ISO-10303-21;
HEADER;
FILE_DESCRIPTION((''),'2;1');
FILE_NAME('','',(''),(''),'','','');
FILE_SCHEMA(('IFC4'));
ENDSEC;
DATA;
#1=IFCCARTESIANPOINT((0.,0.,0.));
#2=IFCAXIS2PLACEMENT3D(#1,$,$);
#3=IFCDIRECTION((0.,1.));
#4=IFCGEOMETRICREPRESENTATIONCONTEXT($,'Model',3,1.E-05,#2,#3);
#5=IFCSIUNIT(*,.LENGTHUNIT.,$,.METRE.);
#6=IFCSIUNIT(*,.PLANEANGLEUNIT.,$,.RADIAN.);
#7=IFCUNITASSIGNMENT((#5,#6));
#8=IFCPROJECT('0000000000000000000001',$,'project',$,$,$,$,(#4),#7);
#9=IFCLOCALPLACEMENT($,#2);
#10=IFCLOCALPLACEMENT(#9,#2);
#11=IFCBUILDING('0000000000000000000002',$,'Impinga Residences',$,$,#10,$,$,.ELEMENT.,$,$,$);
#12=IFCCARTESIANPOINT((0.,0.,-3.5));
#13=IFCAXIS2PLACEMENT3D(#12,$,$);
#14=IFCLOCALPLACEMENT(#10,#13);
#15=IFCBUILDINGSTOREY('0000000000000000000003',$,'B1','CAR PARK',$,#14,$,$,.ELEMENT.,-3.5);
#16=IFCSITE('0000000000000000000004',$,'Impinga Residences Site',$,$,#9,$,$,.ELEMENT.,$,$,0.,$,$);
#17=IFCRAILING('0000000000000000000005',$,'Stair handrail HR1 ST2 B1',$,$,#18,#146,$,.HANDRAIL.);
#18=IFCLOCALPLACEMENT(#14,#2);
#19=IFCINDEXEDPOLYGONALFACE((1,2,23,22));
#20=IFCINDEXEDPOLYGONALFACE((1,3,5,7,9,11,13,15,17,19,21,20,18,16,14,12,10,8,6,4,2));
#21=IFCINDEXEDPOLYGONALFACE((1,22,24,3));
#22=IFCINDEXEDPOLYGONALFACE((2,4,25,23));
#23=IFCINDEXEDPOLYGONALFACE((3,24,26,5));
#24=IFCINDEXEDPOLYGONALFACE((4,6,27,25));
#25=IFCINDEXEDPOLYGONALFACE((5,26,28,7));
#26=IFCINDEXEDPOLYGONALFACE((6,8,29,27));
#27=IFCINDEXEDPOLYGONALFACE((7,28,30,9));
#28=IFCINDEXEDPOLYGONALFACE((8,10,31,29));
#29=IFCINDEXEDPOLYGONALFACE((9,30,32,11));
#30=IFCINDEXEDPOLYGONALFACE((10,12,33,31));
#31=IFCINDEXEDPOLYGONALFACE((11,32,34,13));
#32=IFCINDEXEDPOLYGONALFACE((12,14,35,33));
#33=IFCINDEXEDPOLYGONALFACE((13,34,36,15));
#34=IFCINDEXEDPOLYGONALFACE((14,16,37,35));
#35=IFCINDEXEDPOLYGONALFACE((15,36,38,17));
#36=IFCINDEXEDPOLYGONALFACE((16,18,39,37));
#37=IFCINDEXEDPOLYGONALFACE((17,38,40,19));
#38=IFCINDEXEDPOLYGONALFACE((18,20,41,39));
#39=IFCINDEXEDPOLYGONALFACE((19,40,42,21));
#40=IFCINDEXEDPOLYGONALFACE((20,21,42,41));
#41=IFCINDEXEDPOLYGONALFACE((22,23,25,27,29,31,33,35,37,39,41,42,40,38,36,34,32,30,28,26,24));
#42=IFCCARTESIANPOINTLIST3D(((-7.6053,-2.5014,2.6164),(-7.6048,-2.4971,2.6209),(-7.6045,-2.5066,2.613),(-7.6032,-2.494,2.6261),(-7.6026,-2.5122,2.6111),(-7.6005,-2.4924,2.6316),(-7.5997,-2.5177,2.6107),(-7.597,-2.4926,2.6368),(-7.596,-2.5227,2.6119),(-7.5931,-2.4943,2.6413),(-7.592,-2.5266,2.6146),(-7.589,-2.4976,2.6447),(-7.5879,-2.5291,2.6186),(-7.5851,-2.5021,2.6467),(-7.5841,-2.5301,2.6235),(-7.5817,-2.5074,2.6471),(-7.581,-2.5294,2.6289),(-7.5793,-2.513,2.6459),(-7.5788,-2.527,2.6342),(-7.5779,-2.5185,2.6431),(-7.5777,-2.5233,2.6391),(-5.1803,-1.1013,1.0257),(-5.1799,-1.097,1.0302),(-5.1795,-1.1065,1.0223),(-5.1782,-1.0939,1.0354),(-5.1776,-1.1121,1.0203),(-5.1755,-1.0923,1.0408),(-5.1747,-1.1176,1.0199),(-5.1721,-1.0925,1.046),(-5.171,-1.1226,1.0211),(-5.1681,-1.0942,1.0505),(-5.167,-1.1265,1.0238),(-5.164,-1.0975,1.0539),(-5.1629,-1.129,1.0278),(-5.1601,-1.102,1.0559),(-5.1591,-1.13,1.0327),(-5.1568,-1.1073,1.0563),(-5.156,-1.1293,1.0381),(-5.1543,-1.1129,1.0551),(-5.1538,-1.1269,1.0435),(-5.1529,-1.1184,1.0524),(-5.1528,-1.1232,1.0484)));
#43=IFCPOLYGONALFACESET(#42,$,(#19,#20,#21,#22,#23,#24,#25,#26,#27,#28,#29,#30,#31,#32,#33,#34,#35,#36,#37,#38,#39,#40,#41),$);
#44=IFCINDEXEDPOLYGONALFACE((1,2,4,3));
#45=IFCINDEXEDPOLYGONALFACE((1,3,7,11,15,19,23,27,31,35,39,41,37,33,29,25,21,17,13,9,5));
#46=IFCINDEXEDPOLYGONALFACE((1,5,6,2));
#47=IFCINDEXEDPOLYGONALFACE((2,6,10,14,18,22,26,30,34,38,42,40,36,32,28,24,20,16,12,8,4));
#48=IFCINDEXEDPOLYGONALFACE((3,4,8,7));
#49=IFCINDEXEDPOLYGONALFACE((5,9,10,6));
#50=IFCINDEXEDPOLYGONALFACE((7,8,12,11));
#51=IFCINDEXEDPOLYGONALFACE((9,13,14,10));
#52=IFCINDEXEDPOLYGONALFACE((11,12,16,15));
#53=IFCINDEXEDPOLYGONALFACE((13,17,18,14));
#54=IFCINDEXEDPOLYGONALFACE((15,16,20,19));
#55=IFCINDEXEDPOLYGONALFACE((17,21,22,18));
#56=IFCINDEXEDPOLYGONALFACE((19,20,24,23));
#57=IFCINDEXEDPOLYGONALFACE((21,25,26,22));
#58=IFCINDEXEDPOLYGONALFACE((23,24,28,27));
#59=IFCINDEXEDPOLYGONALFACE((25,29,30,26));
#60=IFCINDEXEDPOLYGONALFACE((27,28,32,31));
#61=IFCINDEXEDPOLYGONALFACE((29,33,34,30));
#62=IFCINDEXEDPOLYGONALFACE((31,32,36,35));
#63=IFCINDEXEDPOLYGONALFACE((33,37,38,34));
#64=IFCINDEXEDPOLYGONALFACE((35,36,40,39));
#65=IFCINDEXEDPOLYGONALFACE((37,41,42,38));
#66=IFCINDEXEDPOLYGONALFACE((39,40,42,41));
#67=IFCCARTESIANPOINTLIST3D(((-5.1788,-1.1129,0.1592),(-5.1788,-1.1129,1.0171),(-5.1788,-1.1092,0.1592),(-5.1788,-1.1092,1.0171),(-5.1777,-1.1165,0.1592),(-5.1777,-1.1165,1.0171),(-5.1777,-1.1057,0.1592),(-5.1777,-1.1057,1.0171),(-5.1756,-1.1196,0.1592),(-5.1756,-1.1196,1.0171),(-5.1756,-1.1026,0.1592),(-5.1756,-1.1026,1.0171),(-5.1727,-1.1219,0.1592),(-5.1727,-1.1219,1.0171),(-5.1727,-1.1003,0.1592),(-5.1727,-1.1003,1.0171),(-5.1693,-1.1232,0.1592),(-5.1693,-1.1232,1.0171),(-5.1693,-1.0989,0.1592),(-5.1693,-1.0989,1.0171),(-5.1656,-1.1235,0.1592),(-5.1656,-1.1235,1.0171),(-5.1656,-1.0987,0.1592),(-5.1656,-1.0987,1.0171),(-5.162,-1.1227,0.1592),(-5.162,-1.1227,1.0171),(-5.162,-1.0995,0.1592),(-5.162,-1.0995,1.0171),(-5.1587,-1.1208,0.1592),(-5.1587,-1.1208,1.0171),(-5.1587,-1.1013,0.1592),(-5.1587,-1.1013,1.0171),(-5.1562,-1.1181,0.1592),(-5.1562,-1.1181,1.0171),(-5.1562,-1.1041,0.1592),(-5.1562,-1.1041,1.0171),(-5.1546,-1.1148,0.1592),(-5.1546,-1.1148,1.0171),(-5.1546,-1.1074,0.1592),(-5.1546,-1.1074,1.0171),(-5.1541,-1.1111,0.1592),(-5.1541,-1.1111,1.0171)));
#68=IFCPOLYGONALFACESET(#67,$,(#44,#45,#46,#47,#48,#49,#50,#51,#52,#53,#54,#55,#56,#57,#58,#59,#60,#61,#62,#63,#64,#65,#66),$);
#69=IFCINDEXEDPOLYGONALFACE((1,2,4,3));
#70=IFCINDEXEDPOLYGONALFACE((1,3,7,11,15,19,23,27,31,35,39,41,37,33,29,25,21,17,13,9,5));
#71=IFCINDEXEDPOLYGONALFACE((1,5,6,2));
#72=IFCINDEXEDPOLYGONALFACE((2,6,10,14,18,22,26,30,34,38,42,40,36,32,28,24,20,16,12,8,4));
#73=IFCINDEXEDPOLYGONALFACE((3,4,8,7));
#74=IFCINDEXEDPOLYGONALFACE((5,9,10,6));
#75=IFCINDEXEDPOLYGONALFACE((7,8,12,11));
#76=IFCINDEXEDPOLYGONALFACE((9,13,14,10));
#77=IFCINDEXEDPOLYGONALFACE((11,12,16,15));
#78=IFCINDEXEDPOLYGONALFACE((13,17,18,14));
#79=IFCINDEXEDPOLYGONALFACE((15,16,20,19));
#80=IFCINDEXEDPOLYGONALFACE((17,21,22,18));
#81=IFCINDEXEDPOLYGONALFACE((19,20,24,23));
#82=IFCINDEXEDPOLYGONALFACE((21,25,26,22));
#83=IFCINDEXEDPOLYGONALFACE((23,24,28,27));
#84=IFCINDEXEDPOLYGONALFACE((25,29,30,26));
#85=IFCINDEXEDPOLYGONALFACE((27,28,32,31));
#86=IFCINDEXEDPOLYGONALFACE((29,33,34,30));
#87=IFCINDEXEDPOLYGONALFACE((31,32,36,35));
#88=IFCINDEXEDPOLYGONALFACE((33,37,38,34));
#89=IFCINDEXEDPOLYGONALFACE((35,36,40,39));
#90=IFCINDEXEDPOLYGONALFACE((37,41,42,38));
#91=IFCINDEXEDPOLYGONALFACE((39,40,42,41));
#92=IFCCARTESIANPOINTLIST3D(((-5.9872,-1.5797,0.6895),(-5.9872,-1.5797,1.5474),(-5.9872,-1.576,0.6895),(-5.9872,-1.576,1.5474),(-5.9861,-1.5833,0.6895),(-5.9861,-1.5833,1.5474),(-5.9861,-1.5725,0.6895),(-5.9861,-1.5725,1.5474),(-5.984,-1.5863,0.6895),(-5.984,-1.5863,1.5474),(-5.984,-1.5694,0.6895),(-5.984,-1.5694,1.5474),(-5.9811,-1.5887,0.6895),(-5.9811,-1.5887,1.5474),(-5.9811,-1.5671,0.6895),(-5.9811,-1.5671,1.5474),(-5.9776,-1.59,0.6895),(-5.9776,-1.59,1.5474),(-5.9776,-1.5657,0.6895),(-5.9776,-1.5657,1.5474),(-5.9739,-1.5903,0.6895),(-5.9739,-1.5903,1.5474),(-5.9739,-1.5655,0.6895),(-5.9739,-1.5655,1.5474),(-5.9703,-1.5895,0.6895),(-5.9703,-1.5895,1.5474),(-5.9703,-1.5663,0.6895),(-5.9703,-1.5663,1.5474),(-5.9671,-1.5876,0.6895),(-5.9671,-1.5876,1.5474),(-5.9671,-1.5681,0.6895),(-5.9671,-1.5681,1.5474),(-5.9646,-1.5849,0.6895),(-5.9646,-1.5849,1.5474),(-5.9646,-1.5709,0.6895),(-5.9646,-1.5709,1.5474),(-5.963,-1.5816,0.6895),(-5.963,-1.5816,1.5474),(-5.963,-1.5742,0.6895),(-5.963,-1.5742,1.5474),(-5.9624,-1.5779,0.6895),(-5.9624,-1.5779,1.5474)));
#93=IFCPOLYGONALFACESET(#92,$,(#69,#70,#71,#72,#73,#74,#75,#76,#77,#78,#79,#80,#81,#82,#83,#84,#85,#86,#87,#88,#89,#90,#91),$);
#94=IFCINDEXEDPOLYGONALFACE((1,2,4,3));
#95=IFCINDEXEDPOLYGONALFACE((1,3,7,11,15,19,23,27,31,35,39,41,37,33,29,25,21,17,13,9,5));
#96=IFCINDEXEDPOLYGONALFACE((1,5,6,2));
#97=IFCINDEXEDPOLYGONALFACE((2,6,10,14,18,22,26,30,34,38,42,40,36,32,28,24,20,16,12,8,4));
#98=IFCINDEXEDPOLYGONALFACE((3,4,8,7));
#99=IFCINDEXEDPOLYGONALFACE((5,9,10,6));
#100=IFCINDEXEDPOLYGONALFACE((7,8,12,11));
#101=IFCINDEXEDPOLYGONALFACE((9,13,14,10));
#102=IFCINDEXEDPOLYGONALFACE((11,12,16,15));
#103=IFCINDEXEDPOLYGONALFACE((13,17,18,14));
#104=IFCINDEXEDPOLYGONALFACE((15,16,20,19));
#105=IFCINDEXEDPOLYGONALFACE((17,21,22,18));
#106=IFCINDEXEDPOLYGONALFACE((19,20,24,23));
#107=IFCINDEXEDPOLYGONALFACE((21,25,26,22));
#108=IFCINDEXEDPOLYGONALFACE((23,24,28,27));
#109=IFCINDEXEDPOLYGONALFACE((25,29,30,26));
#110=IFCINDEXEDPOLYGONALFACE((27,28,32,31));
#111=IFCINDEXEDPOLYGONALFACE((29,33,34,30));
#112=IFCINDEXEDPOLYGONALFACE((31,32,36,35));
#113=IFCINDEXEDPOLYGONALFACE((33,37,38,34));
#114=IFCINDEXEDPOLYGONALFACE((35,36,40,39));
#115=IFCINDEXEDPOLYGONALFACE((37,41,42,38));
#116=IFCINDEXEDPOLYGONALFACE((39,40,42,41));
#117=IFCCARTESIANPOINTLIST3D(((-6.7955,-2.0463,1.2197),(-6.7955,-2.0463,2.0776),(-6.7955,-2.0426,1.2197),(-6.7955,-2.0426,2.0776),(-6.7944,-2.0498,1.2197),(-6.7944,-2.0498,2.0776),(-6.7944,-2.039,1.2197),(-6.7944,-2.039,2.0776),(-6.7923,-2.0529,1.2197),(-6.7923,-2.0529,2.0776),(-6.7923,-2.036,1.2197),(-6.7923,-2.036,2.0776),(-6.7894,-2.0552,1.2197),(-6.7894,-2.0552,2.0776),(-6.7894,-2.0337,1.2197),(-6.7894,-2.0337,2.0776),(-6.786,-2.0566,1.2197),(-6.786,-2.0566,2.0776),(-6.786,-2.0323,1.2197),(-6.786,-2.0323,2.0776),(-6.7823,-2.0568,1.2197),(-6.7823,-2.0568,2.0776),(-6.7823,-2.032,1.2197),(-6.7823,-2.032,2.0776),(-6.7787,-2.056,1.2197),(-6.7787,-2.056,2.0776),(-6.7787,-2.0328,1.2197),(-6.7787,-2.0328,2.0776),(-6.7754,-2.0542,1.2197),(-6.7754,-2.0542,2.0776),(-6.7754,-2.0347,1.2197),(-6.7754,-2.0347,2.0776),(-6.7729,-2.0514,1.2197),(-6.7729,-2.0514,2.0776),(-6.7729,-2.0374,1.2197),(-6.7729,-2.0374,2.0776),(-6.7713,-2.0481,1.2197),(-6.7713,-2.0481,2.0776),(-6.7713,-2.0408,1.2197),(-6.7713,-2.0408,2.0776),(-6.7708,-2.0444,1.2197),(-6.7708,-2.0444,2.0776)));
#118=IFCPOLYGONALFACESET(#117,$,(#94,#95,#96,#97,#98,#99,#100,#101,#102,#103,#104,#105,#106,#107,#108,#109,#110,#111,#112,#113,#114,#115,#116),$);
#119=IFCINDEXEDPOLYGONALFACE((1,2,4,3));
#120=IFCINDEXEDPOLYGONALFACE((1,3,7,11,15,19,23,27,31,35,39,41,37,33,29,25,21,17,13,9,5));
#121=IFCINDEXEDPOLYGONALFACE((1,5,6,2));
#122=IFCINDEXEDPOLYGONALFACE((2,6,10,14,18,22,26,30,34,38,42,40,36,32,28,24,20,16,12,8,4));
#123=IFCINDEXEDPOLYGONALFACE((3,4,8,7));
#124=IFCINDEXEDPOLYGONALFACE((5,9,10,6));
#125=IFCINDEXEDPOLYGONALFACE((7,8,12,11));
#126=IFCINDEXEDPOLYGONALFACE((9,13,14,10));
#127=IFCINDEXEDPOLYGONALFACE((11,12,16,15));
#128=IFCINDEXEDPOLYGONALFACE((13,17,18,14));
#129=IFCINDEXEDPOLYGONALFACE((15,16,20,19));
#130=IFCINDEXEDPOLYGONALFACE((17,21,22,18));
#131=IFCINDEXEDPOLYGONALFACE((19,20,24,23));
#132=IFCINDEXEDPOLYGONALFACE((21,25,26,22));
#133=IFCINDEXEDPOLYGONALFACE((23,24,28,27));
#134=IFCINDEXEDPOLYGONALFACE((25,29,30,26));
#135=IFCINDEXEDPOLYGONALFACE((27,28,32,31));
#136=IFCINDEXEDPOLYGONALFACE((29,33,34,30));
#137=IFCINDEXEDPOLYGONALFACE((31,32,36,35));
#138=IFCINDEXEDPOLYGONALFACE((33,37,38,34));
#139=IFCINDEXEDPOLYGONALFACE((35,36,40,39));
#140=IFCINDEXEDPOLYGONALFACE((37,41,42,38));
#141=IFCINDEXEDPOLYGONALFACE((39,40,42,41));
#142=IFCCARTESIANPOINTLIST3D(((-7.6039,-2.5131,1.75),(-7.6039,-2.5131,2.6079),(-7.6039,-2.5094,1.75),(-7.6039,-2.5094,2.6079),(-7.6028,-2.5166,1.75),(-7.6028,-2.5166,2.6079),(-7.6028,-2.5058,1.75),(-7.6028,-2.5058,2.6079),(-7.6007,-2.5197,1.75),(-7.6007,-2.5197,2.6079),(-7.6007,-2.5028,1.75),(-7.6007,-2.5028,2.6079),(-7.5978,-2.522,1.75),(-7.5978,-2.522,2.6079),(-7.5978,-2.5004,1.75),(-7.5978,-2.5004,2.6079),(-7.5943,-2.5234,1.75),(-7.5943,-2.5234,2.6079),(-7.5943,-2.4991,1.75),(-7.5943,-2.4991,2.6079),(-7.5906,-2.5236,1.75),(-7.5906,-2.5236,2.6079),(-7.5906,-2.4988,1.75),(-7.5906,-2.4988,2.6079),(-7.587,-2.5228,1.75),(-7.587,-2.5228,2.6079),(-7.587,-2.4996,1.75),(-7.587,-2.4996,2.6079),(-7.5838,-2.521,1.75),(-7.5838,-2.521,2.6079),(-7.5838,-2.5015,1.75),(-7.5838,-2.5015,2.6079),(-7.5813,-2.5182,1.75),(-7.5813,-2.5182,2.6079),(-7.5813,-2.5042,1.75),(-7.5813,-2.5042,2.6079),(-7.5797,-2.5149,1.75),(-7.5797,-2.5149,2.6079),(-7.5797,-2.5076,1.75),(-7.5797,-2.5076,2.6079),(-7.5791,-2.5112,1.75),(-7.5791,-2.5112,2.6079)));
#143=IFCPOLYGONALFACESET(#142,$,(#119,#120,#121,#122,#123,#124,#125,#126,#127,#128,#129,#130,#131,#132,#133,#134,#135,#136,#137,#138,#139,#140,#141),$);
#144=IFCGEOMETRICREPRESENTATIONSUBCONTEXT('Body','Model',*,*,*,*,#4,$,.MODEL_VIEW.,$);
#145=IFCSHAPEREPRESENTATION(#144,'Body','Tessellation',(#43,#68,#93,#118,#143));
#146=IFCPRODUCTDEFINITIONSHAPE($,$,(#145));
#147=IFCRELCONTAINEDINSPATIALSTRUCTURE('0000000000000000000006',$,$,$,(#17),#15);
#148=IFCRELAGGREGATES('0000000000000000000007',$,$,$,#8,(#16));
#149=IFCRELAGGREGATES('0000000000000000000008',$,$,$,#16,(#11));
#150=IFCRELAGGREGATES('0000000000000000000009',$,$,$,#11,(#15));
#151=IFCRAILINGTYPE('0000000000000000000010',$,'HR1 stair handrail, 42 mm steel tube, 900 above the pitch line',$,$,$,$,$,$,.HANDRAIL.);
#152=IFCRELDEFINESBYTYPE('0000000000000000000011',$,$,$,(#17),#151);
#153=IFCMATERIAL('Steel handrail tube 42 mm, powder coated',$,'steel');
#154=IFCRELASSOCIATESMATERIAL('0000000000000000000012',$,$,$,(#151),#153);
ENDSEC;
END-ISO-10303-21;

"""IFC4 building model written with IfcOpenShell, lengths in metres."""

from ifc_helpers import new_model, si_unit, direction, frame, origin, origin_2d, place, context, subcontext, project, spatial, circle, extrude, material, type_object, element, save


model = new_model("IFC4")

# Units and contexts
model_context = context("Model", 3, precision=1e-05, world=origin(), true_north=direction((0.0, 1.0)))
body_context = subcontext(model_context, "Body", "Model", "MODEL_VIEW")
ifc_project = project(units=[si_unit("LENGTHUNIT", "METRE"), si_unit("PLANEANGLEUNIT", "RADIAN")], contexts=[model_context])

# Site, building, storey
site_placement = place(None, origin())
site = spatial("IfcSite", under=ifc_project, at=site_placement, Name="Impinga Residences Site", CompositionType="ELEMENT", RefElevation=0.0)
building_placement = place(site_placement, origin())
building = spatial("IfcBuilding", under=site, at=building_placement, Name="Impinga Residences", CompositionType="ELEMENT")
storey_placement = place(building_placement, frame((0.0, 0.0, -3.5)))
storey = spatial("IfcBuildingStorey", under=building, at=storey_placement, Name="B1", Description="CAR PARK", CompositionType="ELEMENT", Elevation=-3.5)

# Railing
ifc_material_1 = material(Name="Steel handrail tube 42 mm, powder coated", Category="steel")
railing_type = type_object("IfcRailingType", Name="HR1 stair handrail, 42 mm steel tube, 900 above the pitch line", PredefinedType="HANDRAIL", material=ifc_material_1)
railing_placement = place(storey_placement, frame((-5.1665, -1.1111, 0.1592)))
element("IfcRailing", 1, at=railing_placement, inside=storey, type_object=railing_type, Name="Stair handrail HR1 ST2 B1", PredefinedType="HANDRAIL", context=body_context, shape_type="SweptSolid", body=[
    extrude(circle(Radius=0.021, at=origin_2d()), frame((0.0, 0.0, 0.8789), z_axis=(-0.752991, -0.434753, 0.493958), x_axis=(0.500012, -0.866019, 0.0)), (0.0, 0.0, 1.0), 3.2205),
    extrude(circle(Radius=0.0125, at=origin_2d()), origin(), (0.0, 0.0, 1.0), 0.8579),
    extrude(circle(Radius=0.0125, at=origin_2d()), frame((-0.8083, -0.4668, 0.5303)), (0.0, 0.0, 1.0), 0.8579),
    extrude(circle(Radius=0.0125, at=origin_2d()), frame((-1.6167, -0.9333, 1.0605)), (0.0, 0.0, 1.0), 0.8579),
    extrude(circle(Radius=0.0125, at=origin_2d()), frame((-2.425, -1.4001, 1.5908)), (0.0, 0.0, 1.0), 0.8579),
])

save(model, "model.ifc")
